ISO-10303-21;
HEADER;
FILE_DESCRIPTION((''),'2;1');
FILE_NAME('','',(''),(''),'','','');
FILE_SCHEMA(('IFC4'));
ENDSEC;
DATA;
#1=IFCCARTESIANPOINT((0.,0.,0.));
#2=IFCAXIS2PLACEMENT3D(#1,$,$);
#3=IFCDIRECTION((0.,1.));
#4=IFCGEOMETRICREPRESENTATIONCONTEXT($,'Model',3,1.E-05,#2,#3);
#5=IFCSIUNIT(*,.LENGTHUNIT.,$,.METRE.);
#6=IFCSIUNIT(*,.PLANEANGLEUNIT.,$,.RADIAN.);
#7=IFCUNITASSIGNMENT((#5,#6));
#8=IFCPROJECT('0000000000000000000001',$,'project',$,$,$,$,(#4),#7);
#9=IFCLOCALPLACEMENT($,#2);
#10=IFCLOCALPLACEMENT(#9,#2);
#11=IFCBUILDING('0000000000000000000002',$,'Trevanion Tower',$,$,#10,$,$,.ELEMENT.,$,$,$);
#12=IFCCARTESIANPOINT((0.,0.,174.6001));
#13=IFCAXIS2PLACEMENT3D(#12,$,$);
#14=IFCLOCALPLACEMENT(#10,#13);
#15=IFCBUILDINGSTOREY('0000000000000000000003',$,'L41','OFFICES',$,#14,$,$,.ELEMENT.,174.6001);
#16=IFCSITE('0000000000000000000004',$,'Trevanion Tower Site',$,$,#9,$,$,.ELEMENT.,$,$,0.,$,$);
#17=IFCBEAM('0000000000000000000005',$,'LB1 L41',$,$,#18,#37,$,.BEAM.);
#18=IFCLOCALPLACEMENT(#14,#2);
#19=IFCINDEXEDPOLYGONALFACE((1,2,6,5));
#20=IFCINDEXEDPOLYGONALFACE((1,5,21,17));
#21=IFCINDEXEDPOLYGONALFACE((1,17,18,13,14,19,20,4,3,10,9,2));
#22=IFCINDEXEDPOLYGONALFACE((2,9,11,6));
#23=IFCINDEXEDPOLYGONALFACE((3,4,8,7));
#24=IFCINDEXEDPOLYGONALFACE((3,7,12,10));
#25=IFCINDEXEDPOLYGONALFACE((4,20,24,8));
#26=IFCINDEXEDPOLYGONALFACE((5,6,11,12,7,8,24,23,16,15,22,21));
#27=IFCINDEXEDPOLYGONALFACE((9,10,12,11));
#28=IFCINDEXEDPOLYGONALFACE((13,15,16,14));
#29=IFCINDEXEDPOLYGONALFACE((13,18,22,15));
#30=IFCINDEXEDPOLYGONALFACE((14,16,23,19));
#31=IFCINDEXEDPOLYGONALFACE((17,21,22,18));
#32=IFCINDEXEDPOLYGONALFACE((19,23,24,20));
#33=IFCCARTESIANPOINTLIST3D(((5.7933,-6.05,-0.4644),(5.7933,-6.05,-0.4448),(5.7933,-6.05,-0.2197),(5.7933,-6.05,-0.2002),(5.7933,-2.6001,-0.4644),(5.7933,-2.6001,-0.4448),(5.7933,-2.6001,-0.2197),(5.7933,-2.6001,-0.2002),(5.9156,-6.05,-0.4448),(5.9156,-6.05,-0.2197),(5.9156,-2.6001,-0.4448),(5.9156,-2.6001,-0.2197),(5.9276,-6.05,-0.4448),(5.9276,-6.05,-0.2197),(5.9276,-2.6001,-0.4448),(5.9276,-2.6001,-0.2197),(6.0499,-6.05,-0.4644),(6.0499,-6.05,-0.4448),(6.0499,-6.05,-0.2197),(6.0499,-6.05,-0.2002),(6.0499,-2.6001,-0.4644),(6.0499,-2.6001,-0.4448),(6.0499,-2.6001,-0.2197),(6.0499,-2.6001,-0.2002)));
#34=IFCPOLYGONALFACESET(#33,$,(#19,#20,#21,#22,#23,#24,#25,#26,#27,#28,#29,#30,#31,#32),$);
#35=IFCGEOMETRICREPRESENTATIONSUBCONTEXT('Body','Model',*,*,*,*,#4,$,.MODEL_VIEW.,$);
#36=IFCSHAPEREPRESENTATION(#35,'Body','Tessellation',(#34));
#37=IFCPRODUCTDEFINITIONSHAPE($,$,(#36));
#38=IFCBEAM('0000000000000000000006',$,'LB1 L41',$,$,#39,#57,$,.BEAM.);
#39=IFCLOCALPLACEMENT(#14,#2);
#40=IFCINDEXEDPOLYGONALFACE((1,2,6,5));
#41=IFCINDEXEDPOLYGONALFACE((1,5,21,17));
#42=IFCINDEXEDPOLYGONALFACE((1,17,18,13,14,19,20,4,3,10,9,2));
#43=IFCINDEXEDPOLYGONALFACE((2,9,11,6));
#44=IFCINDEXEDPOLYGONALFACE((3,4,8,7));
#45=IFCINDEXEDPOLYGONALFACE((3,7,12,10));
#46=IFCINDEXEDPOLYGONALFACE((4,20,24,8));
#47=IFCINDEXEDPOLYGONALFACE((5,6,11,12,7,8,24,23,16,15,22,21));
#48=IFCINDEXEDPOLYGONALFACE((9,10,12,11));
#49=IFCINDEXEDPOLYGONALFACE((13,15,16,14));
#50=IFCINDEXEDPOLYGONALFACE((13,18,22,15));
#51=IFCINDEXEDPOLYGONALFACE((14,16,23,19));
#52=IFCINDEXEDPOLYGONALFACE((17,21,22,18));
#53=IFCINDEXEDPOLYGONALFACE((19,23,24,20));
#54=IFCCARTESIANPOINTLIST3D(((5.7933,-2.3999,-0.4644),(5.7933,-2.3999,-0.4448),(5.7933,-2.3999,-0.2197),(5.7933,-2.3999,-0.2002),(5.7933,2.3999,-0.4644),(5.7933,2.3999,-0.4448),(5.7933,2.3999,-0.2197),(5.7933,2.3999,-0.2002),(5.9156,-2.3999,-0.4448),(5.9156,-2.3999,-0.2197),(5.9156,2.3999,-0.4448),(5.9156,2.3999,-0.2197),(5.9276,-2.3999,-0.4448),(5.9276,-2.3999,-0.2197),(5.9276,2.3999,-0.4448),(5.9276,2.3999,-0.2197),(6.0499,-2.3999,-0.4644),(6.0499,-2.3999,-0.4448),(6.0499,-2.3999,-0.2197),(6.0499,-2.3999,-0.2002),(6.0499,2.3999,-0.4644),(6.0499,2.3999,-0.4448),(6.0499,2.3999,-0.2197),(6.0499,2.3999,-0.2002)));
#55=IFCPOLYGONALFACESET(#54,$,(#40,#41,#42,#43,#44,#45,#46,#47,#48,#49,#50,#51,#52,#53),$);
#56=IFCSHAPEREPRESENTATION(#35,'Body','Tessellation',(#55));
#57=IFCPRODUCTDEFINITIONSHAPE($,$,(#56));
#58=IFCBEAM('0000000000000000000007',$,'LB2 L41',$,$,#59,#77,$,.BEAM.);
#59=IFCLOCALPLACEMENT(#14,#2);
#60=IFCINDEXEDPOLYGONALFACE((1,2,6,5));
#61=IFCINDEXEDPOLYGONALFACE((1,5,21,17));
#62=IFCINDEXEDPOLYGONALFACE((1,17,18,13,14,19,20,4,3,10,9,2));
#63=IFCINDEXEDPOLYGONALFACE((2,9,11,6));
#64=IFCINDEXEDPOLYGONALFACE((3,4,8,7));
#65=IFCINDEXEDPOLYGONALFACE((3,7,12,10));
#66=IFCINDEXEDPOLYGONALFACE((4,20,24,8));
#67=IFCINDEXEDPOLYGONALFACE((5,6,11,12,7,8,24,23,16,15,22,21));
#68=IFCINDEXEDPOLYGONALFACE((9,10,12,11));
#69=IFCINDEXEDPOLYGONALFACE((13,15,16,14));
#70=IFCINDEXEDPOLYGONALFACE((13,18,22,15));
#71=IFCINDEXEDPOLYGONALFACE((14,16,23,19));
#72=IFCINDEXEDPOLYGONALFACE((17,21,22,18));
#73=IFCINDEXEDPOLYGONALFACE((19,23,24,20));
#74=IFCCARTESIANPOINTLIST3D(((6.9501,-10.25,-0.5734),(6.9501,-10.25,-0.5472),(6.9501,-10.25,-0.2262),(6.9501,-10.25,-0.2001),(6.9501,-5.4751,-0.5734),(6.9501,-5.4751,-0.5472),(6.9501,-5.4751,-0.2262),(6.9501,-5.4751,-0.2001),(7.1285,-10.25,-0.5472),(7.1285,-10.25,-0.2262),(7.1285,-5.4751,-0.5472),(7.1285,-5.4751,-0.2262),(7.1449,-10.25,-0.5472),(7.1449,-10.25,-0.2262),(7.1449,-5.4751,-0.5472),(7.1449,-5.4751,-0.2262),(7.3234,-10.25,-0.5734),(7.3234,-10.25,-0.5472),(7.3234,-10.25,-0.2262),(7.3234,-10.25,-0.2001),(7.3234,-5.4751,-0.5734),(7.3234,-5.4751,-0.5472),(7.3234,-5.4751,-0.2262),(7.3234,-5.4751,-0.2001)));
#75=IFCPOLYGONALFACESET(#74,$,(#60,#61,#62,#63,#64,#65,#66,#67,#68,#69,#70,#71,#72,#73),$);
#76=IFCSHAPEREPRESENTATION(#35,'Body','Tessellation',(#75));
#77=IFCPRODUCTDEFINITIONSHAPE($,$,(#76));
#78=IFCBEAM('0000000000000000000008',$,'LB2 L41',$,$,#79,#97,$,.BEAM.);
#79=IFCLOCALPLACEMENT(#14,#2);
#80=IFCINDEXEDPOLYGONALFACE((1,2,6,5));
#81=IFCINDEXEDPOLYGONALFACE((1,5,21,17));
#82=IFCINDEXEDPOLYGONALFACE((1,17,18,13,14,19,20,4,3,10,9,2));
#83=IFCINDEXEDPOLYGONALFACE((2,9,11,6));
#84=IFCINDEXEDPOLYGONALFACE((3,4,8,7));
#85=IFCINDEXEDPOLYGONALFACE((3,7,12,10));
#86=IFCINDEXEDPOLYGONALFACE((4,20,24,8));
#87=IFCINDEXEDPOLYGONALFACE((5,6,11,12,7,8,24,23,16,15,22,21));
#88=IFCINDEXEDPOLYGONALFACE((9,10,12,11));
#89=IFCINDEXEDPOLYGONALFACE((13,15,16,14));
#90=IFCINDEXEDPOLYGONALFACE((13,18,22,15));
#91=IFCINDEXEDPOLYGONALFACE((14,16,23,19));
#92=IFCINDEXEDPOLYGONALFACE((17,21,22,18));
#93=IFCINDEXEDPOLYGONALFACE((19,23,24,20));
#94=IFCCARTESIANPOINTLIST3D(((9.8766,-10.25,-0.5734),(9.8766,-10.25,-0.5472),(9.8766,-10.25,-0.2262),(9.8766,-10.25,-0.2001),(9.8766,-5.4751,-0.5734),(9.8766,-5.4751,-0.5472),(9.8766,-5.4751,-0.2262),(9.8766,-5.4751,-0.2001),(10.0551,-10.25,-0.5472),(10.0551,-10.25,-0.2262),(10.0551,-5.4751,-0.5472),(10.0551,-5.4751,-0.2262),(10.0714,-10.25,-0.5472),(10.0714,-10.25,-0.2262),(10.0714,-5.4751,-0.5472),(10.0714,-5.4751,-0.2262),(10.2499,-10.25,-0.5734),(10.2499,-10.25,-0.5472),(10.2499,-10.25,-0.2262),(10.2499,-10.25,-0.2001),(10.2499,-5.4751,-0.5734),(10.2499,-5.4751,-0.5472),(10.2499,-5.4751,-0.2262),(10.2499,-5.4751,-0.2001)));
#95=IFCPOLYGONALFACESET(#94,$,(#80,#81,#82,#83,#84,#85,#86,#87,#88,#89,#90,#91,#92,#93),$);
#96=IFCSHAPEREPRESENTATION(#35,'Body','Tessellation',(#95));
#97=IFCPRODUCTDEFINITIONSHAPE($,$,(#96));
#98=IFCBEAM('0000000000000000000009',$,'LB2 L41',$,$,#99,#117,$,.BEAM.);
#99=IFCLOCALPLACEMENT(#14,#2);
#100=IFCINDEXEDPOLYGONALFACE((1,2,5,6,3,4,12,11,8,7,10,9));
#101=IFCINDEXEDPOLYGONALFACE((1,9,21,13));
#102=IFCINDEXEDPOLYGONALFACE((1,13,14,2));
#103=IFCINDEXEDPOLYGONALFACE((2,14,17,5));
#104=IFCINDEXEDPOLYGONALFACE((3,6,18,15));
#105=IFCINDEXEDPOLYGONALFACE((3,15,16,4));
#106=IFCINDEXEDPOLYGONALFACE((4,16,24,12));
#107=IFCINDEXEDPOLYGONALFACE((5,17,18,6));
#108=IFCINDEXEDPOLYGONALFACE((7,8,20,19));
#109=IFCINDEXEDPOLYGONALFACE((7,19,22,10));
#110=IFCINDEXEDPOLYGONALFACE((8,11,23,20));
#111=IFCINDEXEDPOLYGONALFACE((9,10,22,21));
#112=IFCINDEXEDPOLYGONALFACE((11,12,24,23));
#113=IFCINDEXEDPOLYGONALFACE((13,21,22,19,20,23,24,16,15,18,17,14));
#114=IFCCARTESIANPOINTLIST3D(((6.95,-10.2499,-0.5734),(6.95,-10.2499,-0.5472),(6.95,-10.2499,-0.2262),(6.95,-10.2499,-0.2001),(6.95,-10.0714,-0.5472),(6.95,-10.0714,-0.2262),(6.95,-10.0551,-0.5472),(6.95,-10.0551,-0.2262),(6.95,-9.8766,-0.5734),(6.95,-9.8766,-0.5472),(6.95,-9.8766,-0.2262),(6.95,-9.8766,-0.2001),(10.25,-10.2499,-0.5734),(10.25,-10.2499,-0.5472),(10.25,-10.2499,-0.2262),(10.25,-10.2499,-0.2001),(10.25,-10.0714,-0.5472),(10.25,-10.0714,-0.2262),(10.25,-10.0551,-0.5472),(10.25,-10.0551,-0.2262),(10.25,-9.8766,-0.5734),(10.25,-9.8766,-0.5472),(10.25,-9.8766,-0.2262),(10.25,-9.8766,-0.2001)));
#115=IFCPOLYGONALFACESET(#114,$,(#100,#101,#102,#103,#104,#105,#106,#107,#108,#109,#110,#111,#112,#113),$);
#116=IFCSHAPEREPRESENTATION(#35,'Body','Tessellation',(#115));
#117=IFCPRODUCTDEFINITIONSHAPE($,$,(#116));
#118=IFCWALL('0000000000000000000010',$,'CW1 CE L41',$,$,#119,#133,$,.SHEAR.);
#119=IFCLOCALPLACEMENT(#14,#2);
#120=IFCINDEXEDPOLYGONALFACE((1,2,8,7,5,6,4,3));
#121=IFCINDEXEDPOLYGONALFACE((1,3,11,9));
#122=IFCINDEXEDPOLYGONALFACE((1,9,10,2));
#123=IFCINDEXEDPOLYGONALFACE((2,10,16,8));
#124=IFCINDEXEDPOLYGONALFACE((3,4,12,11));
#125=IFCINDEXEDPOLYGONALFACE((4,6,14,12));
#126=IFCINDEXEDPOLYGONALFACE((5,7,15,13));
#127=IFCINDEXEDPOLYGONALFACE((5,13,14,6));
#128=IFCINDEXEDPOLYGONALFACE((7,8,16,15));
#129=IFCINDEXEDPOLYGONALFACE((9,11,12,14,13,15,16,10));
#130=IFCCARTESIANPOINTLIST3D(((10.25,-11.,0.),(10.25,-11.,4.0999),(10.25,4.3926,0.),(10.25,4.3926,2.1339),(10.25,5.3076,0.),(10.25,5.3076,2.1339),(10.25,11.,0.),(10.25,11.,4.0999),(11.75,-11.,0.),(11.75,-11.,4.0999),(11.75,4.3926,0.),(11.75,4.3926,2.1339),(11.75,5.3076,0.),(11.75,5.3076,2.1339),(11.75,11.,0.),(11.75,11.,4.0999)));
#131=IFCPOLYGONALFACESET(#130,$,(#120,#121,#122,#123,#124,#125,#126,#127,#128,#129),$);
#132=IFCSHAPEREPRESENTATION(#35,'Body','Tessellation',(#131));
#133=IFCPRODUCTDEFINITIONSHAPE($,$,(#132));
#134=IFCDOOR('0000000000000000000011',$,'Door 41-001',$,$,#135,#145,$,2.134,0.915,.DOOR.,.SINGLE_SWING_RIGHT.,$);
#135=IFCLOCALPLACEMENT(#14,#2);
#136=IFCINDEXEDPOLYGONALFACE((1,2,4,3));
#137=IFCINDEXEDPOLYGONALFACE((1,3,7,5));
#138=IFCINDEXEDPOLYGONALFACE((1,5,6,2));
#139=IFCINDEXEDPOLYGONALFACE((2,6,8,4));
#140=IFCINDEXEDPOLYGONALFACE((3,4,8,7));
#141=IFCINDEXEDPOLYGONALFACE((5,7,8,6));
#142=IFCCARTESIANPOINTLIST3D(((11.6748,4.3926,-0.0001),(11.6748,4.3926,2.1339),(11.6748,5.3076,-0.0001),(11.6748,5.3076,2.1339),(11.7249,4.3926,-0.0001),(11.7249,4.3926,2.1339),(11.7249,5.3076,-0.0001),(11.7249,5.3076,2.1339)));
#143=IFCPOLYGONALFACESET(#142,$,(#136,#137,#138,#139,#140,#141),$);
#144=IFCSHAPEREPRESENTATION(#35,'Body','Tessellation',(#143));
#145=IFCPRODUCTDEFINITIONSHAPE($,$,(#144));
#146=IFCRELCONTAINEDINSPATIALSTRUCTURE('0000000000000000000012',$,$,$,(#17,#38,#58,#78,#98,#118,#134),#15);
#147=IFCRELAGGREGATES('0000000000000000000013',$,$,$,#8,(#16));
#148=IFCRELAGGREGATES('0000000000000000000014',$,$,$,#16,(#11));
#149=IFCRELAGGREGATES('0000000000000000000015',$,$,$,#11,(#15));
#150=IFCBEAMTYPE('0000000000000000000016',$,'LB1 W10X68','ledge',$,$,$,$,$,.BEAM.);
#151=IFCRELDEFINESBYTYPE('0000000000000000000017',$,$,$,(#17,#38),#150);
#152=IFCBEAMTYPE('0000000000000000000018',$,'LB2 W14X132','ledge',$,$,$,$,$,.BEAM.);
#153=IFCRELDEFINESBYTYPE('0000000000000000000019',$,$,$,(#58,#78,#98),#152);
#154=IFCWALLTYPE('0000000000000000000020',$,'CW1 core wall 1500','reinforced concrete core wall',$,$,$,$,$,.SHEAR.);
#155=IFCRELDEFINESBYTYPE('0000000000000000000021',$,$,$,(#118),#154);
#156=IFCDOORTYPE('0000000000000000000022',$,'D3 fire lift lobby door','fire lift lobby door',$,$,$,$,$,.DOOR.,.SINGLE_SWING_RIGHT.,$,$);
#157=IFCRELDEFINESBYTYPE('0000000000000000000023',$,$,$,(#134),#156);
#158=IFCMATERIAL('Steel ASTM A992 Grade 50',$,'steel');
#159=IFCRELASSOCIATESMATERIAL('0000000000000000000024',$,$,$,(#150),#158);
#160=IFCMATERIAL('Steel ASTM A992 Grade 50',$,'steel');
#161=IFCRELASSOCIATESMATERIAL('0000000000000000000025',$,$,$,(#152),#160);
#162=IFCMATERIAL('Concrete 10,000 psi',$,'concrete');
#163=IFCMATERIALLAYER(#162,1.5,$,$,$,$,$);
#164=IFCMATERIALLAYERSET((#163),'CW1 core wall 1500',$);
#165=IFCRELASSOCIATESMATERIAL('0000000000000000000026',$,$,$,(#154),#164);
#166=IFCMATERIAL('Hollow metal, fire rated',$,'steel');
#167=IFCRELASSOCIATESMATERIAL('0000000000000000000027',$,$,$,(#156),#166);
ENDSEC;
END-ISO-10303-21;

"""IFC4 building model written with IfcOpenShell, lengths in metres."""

from ifc_helpers import new_model, si_unit, direction, frame, frame_2d, origin, origin_2d, place, context, subcontext, project, spatial, rectangle, i_section, extrude, material, layer, layer_set, material_profile, profile_set, type_object, element, fill, save


model = new_model("IFC4")

# Units and contexts
model_context = context("Model", 3, precision=1e-05, world=origin(), true_north=direction((0.0, 1.0)))
body_context = subcontext(model_context, "Body", "Model", "MODEL_VIEW")
ifc_project = project(units=[si_unit("LENGTHUNIT", "METRE"), si_unit("PLANEANGLEUNIT", "RADIAN")], contexts=[model_context])

# Site, building, storey
site_placement = place(None, origin())
site = spatial("IfcSite", under=ifc_project, at=site_placement, Name="Trevanion Tower Site", CompositionType="ELEMENT", RefElevation=0.0)
building_placement = place(site_placement, origin())
building = spatial("IfcBuilding", under=site, at=building_placement, Name="Trevanion Tower", CompositionType="ELEMENT")
storey_placement = place(building_placement, frame((0.0, 0.0, 174.6001)))
storey = spatial("IfcBuildingStorey", under=building, at=storey_placement, Name="L41", Description="OFFICES", CompositionType="ELEMENT", Elevation=174.6001)

# Beams
ifc_material_1 = material(Name="Steel ASTM A992 Grade 50", Category="steel")
ifc_material_profile_1 = material_profile(ifc_material_1, i_section(OverallWidth=0.2566, OverallDepth=0.2642, WebThickness=0.012, FlangeThickness=0.0195, at=origin_2d()), Name="W10X68")
ifc_profile_set_1 = profile_set([ifc_material_profile_1], Name="Steel ASTM A992 Grade 50")
beam_type_1 = type_object("IfcBeamType", Name="LB1 W10X68", Description="ledge", PredefinedType="BEAM", material=ifc_profile_set_1)
beam_1_placement = place(storey_placement, frame((5.9216, -6.05, -0.3323), z_axis=(0.0, 1.0, 0.0), x_axis=(-1.0, 0.0, 0.0)))
element("IfcBeam", 1, at=beam_1_placement, inside=storey, type_object=beam_type_1, Name="LB1 L41", PredefinedType="BEAM", context=body_context, shape_type="SweptSolid", body=[
    extrude(i_section(OverallWidth=0.2566, OverallDepth=0.2642, WebThickness=0.012, FlangeThickness=0.0195, at=origin_2d()), origin(), (0.0, 0.0, 1.0), 3.45),
])
beam_2_placement = place(storey_placement, frame((5.9216, -2.3999, -0.3323), z_axis=(0.0, 1.0, 0.0), x_axis=(-1.0, 0.0, 0.0)))
element("IfcBeam", 2, at=beam_2_placement, inside=storey, type_object=beam_type_1, Name="LB1 L41", PredefinedType="BEAM", context=body_context, shape_type="SweptSolid", body=[
    extrude(i_section(OverallWidth=0.2566, OverallDepth=0.2642, WebThickness=0.012, FlangeThickness=0.0195, at=origin_2d()), origin(), (0.0, 0.0, 1.0), 4.7998),
])
ifc_material_2 = material(Name="Steel ASTM A992 Grade 50", Category="steel")
ifc_material_profile_2 = material_profile(ifc_material_2, i_section(OverallWidth=0.3733, OverallDepth=0.3733, WebThickness=0.0164, FlangeThickness=0.0261, at=origin_2d()), Name="W14X132")
ifc_profile_set_2 = profile_set([ifc_material_profile_2], Name="Steel ASTM A992 Grade 50")
beam_type_2 = type_object("IfcBeamType", Name="LB2 W14X132", Description="ledge", PredefinedType="BEAM", material=ifc_profile_set_2)
for number, where, z_axis, x_axis, name in (
    (3, (7.1367, -10.25, -0.3867), (0.0, 1.0, 0.0), (-1.0, 0.0, 0.0), "LB2 L41"),
    (4, (10.0632, -10.25, -0.3867), (0.0, 1.0, 0.0), (-1.0, 0.0, 0.0), "LB2 L41"),
):
    element("IfcBeam", number, at=place(storey_placement, frame(where, z_axis=z_axis, x_axis=x_axis)), inside=storey, type_object=beam_type_2, Name=name, PredefinedType="BEAM", context=body_context, shape_type="SweptSolid", body=[
        extrude(i_section(OverallWidth=0.3733, OverallDepth=0.3733, WebThickness=0.0164, FlangeThickness=0.0261, at=origin_2d()), origin(), (0.0, 0.0, 1.0), 4.7749),
    ])
beam_3_placement = place(storey_placement, frame((6.95, -10.0632, -0.3867), z_axis=(1.0, 0.0, 0.0), x_axis=(0.0, 1.0, 0.0)))
element("IfcBeam", 5, at=beam_3_placement, inside=storey, type_object=beam_type_2, Name="LB2 L41", PredefinedType="BEAM", context=body_context, shape_type="SweptSolid", body=[
    extrude(i_section(OverallWidth=0.3733, OverallDepth=0.3733, WebThickness=0.0164, FlangeThickness=0.0261, at=origin_2d()), origin(), (0.0, 0.0, 1.0), 3.3),
])

# Wall, opening, door
ifc_material_3 = material(Name="Concrete 10,000 psi", Category="concrete")
ifc_layer_1 = layer(ifc_material_3, 1.5)
ifc_layer_set_1 = layer_set([ifc_layer_1], Name="CW1 core wall 1500")
wall_type_1 = type_object("IfcWallType", Name="CW1 core wall 1500", Description="reinforced concrete core wall", PredefinedType="SHEAR", material=ifc_layer_set_1)
wall_1_placement = place(storey_placement, frame((11.0, -11.0, 0.0), z_axis=(0.0, 0.0, 1.0), x_axis=(0.0, 1.0, 0.0)))
wall_1 = element("IfcWall", 6, at=wall_1_placement, inside=storey, type_object=wall_type_1, Name="CW1 CE L41", PredefinedType="SHEAR", context=body_context, shape_type="SweptSolid", body=[
    extrude(rectangle(XDim=22.0, YDim=1.5, at=frame_2d((11.0, 0.0))), origin(), (0.0, 0.0, 1.0), 4.0999),
])
opening_1_placement = place(wall_1_placement, frame((15.3926, 0.0, 0.0)))
opening_1 = element("IfcOpeningElement", 7, at=opening_1_placement, cuts=wall_1, PredefinedType="OPENING", context=body_context, shape_type="SweptSolid", body=[
    extrude(rectangle(XDim=0.915, YDim=2.134, at=frame_2d((0.4575, 1.0669))), frame((0.0, 0.76, 0.0), z_axis=(0.0, -1.0, 0.0), x_axis=(1.0, 0.0, 0.0)), (0.0, 0.0, 1.0), 1.52),
])
ifc_material_4 = material(Name="Hollow metal, fire rated", Category="steel")
door_type_1 = type_object("IfcDoorType", Name="D3 fire lift lobby door", Description="fire lift lobby door", OperationType="SINGLE_SWING_RIGHT", PredefinedType="DOOR", material=ifc_material_4)
door_1_placement = place(opening_1_placement, origin())
door_1 = element("IfcDoor", 8, at=door_1_placement, inside=storey, type_object=door_type_1, Name="Door 41-001", OperationType="SINGLE_SWING_RIGHT", OverallHeight=2.134, OverallWidth=0.915, PredefinedType="DOOR", context=body_context, shape_type="SweptSolid", body=[
    extrude(rectangle(XDim=0.915, YDim=2.134, at=frame_2d((0.4575, 1.0669))), frame((0.0, -0.6748, 0.0), z_axis=(0.0, -1.0, 0.0), x_axis=(1.0, 0.0, 0.0)), (0.0, 0.0, 1.0), 0.05),
])
fill(opening_1, door_1)

save(model, "model.ifc")
